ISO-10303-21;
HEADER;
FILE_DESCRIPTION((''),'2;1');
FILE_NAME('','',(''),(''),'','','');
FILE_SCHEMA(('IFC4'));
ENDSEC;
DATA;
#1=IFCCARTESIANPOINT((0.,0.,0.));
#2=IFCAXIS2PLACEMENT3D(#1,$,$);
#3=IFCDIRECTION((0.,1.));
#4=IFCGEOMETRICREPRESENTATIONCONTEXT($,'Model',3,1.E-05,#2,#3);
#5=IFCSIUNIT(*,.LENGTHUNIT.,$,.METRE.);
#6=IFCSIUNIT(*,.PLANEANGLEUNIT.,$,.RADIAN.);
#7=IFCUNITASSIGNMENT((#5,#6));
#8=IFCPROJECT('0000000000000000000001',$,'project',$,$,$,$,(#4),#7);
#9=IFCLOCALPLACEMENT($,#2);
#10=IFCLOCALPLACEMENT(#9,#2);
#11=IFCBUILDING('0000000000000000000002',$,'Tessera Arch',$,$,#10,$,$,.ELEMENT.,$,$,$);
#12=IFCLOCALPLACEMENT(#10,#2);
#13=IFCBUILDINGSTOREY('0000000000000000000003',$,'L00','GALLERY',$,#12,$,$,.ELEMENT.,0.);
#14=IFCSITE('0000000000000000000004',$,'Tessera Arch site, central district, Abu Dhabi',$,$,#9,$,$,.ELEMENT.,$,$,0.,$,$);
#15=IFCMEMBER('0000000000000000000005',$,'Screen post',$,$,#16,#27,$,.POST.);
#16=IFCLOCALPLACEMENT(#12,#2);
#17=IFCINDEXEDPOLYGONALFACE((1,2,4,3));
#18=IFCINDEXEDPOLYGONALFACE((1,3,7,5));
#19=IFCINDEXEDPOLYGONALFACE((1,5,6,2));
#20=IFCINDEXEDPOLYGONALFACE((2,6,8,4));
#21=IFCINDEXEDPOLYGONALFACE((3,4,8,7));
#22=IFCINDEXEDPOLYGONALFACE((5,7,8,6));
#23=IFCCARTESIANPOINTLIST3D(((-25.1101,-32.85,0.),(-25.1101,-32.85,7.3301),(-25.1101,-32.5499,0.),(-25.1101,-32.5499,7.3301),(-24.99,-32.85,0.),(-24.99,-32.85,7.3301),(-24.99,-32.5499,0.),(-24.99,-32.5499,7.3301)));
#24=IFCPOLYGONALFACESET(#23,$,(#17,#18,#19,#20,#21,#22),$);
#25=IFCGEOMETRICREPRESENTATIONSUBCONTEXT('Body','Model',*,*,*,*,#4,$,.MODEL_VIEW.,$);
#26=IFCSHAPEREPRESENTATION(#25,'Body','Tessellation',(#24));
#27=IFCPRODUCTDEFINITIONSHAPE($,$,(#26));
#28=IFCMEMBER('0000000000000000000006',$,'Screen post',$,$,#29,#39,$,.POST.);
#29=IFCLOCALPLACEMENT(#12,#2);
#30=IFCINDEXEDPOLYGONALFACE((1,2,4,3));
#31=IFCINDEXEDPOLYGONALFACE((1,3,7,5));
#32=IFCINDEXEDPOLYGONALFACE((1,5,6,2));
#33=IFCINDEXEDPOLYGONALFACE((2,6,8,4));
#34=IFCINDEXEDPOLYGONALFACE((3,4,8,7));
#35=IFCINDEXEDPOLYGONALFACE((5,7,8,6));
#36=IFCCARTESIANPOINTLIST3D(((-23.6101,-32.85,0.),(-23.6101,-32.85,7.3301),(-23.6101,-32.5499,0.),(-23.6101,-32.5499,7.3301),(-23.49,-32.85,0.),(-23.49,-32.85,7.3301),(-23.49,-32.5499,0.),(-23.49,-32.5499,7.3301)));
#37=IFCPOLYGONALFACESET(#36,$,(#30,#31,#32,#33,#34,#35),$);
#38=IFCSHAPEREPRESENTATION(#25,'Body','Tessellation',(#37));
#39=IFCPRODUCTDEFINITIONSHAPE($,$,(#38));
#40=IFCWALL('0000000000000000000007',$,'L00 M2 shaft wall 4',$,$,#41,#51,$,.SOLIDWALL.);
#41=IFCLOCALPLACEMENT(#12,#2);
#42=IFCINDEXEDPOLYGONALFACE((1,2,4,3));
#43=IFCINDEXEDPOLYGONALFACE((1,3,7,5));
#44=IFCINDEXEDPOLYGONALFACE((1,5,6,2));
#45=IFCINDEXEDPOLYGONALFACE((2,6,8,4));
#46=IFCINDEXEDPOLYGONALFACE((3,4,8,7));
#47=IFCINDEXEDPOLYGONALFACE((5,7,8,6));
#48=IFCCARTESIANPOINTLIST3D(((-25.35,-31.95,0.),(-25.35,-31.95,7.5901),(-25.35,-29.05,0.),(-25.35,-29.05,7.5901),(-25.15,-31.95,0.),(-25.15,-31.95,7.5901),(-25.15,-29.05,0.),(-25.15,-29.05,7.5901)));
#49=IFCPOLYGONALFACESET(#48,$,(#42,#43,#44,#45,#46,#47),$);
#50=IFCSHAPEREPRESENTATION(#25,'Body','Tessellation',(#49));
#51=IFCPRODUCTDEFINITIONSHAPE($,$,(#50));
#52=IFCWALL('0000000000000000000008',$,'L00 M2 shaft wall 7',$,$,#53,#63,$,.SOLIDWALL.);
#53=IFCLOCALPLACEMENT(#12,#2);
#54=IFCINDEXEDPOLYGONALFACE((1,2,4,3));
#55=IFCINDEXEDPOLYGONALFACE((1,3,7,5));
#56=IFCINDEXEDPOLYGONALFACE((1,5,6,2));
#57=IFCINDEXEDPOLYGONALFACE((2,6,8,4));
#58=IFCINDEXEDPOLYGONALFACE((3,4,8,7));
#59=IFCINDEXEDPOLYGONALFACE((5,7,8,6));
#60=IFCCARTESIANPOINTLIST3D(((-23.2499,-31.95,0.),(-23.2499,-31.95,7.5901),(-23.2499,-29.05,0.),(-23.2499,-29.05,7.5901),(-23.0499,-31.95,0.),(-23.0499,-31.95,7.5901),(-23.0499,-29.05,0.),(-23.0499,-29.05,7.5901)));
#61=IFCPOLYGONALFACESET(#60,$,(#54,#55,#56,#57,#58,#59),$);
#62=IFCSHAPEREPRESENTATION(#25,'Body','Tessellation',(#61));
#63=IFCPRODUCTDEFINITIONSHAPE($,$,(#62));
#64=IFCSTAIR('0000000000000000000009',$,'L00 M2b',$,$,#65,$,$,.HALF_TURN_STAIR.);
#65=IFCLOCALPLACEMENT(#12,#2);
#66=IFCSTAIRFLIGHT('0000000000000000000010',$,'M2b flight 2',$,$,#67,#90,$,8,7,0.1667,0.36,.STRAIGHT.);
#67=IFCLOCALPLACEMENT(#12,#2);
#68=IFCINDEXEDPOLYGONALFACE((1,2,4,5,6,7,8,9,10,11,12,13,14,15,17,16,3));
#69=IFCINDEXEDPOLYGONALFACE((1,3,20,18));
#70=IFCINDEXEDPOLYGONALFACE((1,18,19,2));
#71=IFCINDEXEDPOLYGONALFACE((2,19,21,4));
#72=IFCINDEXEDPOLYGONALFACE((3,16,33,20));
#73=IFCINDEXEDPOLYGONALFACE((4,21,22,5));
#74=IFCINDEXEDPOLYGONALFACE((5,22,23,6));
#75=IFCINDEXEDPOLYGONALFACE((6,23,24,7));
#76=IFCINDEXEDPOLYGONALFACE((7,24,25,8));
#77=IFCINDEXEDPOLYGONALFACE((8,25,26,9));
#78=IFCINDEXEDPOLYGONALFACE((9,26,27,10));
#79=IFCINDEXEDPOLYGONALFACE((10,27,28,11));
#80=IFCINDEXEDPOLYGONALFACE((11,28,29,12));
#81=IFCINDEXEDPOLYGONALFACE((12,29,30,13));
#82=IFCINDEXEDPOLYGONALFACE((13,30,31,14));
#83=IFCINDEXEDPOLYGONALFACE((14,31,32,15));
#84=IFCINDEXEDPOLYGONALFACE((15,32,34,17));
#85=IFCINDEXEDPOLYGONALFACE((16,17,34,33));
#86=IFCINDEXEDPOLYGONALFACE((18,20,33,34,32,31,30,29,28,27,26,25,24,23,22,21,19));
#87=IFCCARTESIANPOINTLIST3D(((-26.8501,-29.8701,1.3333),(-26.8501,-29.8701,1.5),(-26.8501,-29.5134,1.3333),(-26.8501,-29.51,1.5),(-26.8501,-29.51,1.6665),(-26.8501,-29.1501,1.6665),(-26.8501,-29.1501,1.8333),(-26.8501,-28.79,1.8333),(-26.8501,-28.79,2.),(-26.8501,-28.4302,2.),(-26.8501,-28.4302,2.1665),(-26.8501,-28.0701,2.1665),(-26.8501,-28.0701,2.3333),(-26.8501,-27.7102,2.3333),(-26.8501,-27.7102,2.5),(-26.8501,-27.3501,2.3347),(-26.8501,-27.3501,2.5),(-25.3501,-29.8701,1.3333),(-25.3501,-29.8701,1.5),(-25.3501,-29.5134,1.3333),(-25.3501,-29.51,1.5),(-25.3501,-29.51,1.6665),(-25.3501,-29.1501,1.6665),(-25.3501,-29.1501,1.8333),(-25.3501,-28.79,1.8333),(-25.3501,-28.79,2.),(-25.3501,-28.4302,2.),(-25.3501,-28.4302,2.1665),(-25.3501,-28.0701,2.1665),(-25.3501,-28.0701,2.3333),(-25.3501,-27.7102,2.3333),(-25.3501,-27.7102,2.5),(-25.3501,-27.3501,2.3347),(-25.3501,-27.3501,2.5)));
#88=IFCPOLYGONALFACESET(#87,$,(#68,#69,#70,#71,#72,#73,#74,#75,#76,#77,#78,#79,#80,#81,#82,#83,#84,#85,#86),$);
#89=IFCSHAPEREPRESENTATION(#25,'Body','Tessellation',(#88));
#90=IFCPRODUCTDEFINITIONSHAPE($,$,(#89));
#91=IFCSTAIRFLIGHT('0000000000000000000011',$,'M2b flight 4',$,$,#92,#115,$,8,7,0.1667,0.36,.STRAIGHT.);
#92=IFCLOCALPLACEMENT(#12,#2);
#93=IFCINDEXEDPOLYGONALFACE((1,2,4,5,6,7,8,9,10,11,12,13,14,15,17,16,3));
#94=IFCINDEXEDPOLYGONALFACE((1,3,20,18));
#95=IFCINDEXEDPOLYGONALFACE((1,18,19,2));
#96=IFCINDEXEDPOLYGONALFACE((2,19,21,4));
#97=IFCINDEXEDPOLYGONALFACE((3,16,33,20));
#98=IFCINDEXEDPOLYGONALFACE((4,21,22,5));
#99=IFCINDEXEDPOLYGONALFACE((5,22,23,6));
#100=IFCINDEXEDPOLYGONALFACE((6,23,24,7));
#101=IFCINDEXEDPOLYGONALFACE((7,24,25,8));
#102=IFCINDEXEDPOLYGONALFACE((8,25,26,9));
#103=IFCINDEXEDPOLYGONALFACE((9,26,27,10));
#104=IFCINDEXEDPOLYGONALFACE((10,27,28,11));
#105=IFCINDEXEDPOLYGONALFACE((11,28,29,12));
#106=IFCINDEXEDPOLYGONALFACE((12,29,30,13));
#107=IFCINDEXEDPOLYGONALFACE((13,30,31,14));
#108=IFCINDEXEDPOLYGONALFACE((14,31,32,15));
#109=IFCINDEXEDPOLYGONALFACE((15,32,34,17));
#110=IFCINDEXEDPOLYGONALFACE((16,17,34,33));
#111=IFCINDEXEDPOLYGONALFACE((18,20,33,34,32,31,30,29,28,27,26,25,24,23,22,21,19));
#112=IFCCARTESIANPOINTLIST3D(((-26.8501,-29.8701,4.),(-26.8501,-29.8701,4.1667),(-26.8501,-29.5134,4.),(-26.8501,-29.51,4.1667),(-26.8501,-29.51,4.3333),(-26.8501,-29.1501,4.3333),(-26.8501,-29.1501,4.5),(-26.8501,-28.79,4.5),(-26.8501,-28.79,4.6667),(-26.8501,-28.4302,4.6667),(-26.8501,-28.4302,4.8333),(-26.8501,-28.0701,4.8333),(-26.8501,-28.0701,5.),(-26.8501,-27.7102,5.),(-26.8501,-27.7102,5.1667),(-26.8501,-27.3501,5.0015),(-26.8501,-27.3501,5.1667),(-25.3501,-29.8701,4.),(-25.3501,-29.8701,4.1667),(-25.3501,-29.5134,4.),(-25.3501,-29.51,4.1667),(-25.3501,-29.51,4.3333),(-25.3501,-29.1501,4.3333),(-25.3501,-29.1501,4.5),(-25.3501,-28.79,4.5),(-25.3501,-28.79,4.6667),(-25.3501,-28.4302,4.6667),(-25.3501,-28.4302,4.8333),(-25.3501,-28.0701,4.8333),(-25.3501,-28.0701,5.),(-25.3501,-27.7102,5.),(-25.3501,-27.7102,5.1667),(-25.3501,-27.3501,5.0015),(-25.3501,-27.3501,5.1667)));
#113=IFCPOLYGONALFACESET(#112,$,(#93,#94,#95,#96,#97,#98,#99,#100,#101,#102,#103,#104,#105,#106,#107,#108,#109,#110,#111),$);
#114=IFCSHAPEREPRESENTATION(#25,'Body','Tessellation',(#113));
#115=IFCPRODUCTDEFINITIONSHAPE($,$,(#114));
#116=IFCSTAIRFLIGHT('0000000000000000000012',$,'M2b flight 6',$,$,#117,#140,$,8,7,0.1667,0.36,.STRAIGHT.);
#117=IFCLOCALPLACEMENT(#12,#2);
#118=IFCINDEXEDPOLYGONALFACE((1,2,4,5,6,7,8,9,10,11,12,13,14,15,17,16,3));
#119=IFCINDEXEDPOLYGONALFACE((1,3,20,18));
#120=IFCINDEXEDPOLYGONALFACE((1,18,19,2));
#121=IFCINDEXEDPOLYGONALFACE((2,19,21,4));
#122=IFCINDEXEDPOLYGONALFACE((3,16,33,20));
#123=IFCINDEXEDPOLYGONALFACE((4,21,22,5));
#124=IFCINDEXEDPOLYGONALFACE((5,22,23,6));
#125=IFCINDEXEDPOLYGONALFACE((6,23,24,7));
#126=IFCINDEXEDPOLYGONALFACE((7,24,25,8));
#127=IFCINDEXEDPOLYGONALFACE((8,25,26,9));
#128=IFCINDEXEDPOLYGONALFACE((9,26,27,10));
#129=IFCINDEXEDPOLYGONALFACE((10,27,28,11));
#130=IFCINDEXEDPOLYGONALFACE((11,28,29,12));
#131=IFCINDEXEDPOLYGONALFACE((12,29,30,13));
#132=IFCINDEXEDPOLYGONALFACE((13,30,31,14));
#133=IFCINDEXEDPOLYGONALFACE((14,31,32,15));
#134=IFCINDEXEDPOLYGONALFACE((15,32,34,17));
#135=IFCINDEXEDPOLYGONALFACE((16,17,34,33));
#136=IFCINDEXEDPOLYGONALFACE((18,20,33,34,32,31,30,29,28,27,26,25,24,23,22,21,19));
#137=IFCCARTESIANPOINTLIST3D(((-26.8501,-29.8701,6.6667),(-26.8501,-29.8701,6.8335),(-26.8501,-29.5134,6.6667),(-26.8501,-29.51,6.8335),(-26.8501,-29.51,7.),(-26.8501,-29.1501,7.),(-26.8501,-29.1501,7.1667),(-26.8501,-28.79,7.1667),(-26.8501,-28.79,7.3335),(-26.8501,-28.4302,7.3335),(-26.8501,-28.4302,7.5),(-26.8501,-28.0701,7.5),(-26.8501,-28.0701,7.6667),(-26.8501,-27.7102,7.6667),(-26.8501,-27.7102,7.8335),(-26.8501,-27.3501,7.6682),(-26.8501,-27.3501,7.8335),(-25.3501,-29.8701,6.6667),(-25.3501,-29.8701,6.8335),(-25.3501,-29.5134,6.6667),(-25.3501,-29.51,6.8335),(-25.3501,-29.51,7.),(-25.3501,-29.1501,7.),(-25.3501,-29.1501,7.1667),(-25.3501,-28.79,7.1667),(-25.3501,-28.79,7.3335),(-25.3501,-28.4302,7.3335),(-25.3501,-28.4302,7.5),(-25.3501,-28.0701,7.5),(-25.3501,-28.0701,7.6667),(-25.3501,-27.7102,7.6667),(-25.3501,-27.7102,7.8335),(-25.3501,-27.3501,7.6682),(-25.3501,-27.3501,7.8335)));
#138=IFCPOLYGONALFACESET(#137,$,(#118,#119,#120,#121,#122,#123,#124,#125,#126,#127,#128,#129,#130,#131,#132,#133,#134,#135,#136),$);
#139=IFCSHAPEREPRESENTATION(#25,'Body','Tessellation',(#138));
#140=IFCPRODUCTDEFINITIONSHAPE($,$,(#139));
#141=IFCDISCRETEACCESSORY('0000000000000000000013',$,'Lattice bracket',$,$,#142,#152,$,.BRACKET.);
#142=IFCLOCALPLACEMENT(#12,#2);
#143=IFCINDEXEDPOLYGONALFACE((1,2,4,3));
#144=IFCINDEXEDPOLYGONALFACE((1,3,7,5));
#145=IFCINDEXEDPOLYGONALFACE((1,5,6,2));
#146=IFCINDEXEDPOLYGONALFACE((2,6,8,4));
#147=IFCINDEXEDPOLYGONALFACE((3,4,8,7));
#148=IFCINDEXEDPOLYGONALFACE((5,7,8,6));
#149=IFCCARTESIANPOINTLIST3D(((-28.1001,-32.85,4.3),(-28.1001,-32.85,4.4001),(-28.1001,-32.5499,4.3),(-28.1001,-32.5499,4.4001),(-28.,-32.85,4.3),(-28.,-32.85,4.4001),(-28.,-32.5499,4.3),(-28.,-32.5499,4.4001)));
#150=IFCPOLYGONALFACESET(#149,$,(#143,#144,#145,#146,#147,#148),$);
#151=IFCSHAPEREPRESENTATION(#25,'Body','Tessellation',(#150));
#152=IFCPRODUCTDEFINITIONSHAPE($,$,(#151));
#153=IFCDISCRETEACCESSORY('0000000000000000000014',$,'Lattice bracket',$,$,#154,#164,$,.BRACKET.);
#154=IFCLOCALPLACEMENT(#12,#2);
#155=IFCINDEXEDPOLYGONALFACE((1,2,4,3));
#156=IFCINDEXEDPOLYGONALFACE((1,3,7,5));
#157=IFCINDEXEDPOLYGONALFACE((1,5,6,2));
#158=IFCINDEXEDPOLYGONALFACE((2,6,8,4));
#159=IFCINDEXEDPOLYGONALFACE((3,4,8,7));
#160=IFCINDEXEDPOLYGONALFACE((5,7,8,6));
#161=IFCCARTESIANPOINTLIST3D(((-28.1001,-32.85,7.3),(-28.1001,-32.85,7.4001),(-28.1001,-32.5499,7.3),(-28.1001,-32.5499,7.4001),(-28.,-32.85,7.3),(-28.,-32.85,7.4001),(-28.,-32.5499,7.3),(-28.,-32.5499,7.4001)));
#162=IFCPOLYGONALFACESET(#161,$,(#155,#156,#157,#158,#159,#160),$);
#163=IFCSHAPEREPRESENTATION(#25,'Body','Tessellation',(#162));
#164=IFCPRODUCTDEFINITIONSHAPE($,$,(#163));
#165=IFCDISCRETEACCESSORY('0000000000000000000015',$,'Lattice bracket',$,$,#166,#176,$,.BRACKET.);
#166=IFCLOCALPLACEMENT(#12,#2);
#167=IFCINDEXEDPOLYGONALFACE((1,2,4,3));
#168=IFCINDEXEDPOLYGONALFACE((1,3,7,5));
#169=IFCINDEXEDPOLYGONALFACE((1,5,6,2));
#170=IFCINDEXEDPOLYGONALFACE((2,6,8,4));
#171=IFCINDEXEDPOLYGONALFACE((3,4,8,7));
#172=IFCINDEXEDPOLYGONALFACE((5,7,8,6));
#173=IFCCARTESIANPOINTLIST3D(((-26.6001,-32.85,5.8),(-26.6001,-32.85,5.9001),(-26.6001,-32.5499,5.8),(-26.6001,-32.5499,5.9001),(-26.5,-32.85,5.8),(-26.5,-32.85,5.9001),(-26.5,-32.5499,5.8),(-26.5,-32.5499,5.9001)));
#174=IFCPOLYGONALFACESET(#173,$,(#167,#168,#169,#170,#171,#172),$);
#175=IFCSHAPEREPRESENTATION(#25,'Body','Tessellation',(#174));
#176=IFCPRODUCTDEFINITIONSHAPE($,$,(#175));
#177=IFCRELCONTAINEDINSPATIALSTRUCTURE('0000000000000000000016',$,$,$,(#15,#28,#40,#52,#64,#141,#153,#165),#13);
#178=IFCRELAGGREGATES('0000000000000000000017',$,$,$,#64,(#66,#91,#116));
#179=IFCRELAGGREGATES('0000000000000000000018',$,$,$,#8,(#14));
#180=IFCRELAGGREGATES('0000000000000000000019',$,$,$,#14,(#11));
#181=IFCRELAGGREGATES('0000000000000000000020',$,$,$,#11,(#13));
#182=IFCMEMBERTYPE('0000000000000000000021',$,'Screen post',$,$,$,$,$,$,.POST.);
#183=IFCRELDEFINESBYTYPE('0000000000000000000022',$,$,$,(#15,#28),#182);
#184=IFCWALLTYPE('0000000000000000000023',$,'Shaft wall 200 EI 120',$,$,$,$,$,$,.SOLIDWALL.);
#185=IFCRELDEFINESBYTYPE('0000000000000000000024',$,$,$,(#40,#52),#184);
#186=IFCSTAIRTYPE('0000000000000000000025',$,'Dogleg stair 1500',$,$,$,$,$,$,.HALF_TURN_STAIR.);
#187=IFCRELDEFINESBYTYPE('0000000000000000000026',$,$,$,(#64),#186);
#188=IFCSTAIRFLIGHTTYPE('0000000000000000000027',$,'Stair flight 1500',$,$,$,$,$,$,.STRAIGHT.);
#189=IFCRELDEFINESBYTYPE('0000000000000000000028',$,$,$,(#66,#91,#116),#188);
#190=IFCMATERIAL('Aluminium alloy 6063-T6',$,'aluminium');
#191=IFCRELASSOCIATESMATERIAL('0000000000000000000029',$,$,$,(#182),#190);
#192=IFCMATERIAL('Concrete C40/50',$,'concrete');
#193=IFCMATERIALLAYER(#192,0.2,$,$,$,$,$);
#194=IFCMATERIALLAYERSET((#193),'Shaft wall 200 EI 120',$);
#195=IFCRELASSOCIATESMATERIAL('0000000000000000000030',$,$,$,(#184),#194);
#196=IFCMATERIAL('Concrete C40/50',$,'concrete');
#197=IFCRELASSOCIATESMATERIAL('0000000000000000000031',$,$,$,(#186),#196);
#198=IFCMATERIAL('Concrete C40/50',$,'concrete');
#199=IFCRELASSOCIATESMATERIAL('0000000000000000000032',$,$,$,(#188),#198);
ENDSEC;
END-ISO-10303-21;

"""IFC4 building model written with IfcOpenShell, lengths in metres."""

from ifc_helpers import new_model, si_unit, direction, frame, frame_2d, origin, origin_2d, place, context, subcontext, project, spatial, polyline, rectangle, outline, extrude, material, layer, layer_set, material_profile, profile_set, type_object, element, aggregate, save


model = new_model("IFC4")

# Units and contexts
model_context = context("Model", 3, precision=1e-05, world=origin(), true_north=direction((0.0, 1.0)))
body_context = subcontext(model_context, "Body", "Model", "MODEL_VIEW")
ifc_project = project(units=[si_unit("LENGTHUNIT", "METRE"), si_unit("PLANEANGLEUNIT", "RADIAN")], contexts=[model_context])

# Site, building, storey
site_placement = place(None, origin())
site = spatial("IfcSite", under=ifc_project, at=site_placement, Name="Tessera Arch site, central district, Abu Dhabi", CompositionType="ELEMENT", RefElevation=0.0)
building_placement = place(site_placement, origin())
building = spatial("IfcBuilding", under=site, at=building_placement, Name="Tessera Arch", CompositionType="ELEMENT")
storey_placement = place(building_placement, origin())
storey = spatial("IfcBuildingStorey", under=building, at=storey_placement, Name="L00", Description="GALLERY", CompositionType="ELEMENT", Elevation=0.0)

# Members
ifc_material_1 = material(Name="Aluminium alloy 6063-T6", Category="aluminium")
ifc_material_profile_1 = material_profile(ifc_material_1, rectangle(XDim=0.3, YDim=0.1201, at=origin_2d()), Name="AL 120x300")
ifc_profile_set_1 = profile_set([ifc_material_profile_1], Name="Aluminium alloy 6063-T6")
member_type_1 = type_object("IfcMemberType", Name="Screen post", PredefinedType="POST", material=ifc_profile_set_1)
for number, where, z_axis, x_axis, name in (
    (1, (-25.05, -32.7, 0.0), (0.0, 0.0, 1.0), (0.0, -1.0, 0.0), "Screen post"),
    (2, (-23.55, -32.7, 0.0), (0.0, 0.0, 1.0), (0.0, -1.0, 0.0), "Screen post"),
):
    element("IfcMember", number, at=place(storey_placement, frame(where, z_axis=z_axis, x_axis=x_axis)), inside=storey, type_object=member_type_1, Name=name, PredefinedType="POST", context=body_context, shape_type="SweptSolid", body=[
        extrude(rectangle(XDim=0.3, YDim=0.1201, at=origin_2d()), origin(), (0.0, 0.0, 1.0), 7.3301),
    ])

# Walls
ifc_material_2 = material(Name="Concrete C40/50", Category="concrete")
ifc_layer = layer(ifc_material_2, 0.2)
ifc_layer_set = layer_set([ifc_layer], Name="Shaft wall 200 EI 120")
wall_type = type_object("IfcWallType", Name="Shaft wall 200 EI 120", PredefinedType="SOLIDWALL", material=ifc_layer_set)
for number, where, z_axis, x_axis, name in (
    (3, (-25.25, -31.95, 0.0), (0.0, 0.0, 1.0), (0.0, 1.0, 0.0), "L00 M2 shaft wall 4"),
    (4, (-23.1499, -31.95, 0.0), (0.0, 0.0, 1.0), (0.0, 1.0, 0.0), "L00 M2 shaft wall 7"),
):
    element("IfcWall", number, at=place(storey_placement, frame(where, z_axis=z_axis, x_axis=x_axis)), inside=storey, type_object=wall_type, Name=name, PredefinedType="SOLIDWALL", context=body_context, shape_type="SweptSolid", body=[
        extrude(rectangle(XDim=2.8999, YDim=0.2, at=frame_2d((1.45, 0.0))), origin(), (0.0, 0.0, 1.0), 7.5901),
    ])

# Stair, stair flights
ifc_material_3 = material(Name="Concrete C40/50", Category="concrete")
stair_type = type_object("IfcStairType", Name="Dogleg stair 1500", PredefinedType="HALF_TURN_STAIR", material=ifc_material_3)
stair_placement = place(storey_placement, origin())
stair = element("IfcStair", 5, at=stair_placement, inside=storey, type_object=stair_type, Name="L00 M2b", PredefinedType="HALF_TURN_STAIR")
ifc_material_4 = material(Name="Concrete C40/50", Category="concrete")
stair_flight_type = type_object("IfcStairFlightType", Name="Stair flight 1500", PredefinedType="STRAIGHT", material=ifc_material_4)
stair_flight_1_placement = place(storey_placement, frame((-26.1001, -29.8701, 1.3333), z_axis=(0.0, 0.0, 1.0), x_axis=(0.0, 1.0, 0.0)))
stair_flight_1 = element("IfcStairFlight", 6, at=stair_flight_1_placement, type_object=stair_flight_type, Name="M2b flight 2", NumberOfRisers=8, NumberOfTreads=7, PredefinedType="STRAIGHT", RiserHeight=0.1667, TreadLength=0.36, context=body_context, shape_type="SweptSolid", body=[
    extrude(outline(polyline([(0.0, 0.0), (0.0, 0.1667), (0.3601, 0.1667), (0.3601, 0.3333), (0.72, 0.3333), (0.72, 0.5), (1.0801, 0.5), (1.0801, 0.6667), (1.4399, 0.6667), (1.4399, 0.8333), (1.8, 0.8333), (1.8, 1.0), (2.1599, 1.0), (2.1599, 1.1667), (2.52, 1.1667), (2.52, 1.3333), (2.52, 1.0015), (0.3567, 0.0), (0.0, 0.0)])), frame((0.0, 0.75, 0.0), z_axis=(0.0, -1.0, 0.0), x_axis=(1.0, 0.0, 0.0)), (0.0, 0.0, 1.0), 1.5),
])
stair_flight_2_placement = place(storey_placement, frame((-26.1001, -29.8701, 4.0), z_axis=(0.0, 0.0, 1.0), x_axis=(0.0, 1.0, 0.0)))
stair_flight_2 = element("IfcStairFlight", 7, at=stair_flight_2_placement, type_object=stair_flight_type, Name="M2b flight 4", NumberOfRisers=8, NumberOfTreads=7, PredefinedType="STRAIGHT", RiserHeight=0.1667, TreadLength=0.36, context=body_context, shape_type="SweptSolid", body=[
    extrude(outline(polyline([(0.0, 0.0), (0.0, 0.1667), (0.3601, 0.1667), (0.3601, 0.3333), (0.72, 0.3333), (0.72, 0.5), (1.0801, 0.5), (1.0801, 0.6667), (1.4399, 0.6667), (1.4399, 0.8333), (1.8, 0.8333), (1.8, 1.0), (2.1599, 1.0), (2.1599, 1.1667), (2.52, 1.1667), (2.52, 1.3333), (2.52, 1.0015), (0.3567, 0.0), (0.0, 0.0)])), frame((0.0, 0.75, 0.0), z_axis=(0.0, -1.0, 0.0), x_axis=(1.0, 0.0, 0.0)), (0.0, 0.0, 1.0), 1.5),
])
stair_flight_3_placement = place(storey_placement, frame((-26.1001, -29.8701, 6.6667), z_axis=(0.0, 0.0, 1.0), x_axis=(0.0, 1.0, 0.0)))
stair_flight_3 = element("IfcStairFlight", 8, at=stair_flight_3_placement, type_object=stair_flight_type, Name="M2b flight 6", NumberOfRisers=8, NumberOfTreads=7, PredefinedType="STRAIGHT", RiserHeight=0.1667, TreadLength=0.36, context=body_context, shape_type="SweptSolid", body=[
    extrude(outline(polyline([(0.0, 0.0), (0.0, 0.1667), (0.3601, 0.1667), (0.3601, 0.3333), (0.72, 0.3333), (0.72, 0.5), (1.0801, 0.5), (1.0801, 0.6667), (1.4399, 0.6667), (1.4399, 0.8333), (1.8, 0.8333), (1.8, 1.0), (2.1599, 1.0), (2.1599, 1.1667), (2.52, 1.1667), (2.52, 1.3333), (2.52, 1.0015), (0.3567, 0.0), (0.0, 0.0)])), frame((0.0, 0.75, 0.0), z_axis=(0.0, -1.0, 0.0), x_axis=(1.0, 0.0, 0.0)), (0.0, 0.0, 1.0), 1.5),
])
aggregate(stair, [stair_flight_1, stair_flight_2, stair_flight_3])

# Discrete accessories
for number, where, z_axis, x_axis, name in (
    (9, (-28.05, -32.7, 4.3), (0.0, 0.0, 1.0), (0.0, -1.0, 0.0), "Lattice bracket"),
    (10, (-28.05, -32.7, 7.3), (0.0, 0.0, 1.0), (0.0, -1.0, 0.0), "Lattice bracket"),
    (11, (-26.55, -32.7, 5.8), (0.0, 0.0, 1.0), (0.0, -1.0, 0.0), "Lattice bracket"),
):
    element("IfcDiscreteAccessory", number, at=place(storey_placement, frame(where, z_axis=z_axis, x_axis=x_axis)), inside=storey, Name=name, PredefinedType="BRACKET", context=body_context, shape_type="SweptSolid", body=[
        extrude(rectangle(XDim=0.3, YDim=0.1001, at=origin_2d()), origin(), (0.0, 0.0, 1.0), 0.1001),
    ])

save(model, "model.ifc")
